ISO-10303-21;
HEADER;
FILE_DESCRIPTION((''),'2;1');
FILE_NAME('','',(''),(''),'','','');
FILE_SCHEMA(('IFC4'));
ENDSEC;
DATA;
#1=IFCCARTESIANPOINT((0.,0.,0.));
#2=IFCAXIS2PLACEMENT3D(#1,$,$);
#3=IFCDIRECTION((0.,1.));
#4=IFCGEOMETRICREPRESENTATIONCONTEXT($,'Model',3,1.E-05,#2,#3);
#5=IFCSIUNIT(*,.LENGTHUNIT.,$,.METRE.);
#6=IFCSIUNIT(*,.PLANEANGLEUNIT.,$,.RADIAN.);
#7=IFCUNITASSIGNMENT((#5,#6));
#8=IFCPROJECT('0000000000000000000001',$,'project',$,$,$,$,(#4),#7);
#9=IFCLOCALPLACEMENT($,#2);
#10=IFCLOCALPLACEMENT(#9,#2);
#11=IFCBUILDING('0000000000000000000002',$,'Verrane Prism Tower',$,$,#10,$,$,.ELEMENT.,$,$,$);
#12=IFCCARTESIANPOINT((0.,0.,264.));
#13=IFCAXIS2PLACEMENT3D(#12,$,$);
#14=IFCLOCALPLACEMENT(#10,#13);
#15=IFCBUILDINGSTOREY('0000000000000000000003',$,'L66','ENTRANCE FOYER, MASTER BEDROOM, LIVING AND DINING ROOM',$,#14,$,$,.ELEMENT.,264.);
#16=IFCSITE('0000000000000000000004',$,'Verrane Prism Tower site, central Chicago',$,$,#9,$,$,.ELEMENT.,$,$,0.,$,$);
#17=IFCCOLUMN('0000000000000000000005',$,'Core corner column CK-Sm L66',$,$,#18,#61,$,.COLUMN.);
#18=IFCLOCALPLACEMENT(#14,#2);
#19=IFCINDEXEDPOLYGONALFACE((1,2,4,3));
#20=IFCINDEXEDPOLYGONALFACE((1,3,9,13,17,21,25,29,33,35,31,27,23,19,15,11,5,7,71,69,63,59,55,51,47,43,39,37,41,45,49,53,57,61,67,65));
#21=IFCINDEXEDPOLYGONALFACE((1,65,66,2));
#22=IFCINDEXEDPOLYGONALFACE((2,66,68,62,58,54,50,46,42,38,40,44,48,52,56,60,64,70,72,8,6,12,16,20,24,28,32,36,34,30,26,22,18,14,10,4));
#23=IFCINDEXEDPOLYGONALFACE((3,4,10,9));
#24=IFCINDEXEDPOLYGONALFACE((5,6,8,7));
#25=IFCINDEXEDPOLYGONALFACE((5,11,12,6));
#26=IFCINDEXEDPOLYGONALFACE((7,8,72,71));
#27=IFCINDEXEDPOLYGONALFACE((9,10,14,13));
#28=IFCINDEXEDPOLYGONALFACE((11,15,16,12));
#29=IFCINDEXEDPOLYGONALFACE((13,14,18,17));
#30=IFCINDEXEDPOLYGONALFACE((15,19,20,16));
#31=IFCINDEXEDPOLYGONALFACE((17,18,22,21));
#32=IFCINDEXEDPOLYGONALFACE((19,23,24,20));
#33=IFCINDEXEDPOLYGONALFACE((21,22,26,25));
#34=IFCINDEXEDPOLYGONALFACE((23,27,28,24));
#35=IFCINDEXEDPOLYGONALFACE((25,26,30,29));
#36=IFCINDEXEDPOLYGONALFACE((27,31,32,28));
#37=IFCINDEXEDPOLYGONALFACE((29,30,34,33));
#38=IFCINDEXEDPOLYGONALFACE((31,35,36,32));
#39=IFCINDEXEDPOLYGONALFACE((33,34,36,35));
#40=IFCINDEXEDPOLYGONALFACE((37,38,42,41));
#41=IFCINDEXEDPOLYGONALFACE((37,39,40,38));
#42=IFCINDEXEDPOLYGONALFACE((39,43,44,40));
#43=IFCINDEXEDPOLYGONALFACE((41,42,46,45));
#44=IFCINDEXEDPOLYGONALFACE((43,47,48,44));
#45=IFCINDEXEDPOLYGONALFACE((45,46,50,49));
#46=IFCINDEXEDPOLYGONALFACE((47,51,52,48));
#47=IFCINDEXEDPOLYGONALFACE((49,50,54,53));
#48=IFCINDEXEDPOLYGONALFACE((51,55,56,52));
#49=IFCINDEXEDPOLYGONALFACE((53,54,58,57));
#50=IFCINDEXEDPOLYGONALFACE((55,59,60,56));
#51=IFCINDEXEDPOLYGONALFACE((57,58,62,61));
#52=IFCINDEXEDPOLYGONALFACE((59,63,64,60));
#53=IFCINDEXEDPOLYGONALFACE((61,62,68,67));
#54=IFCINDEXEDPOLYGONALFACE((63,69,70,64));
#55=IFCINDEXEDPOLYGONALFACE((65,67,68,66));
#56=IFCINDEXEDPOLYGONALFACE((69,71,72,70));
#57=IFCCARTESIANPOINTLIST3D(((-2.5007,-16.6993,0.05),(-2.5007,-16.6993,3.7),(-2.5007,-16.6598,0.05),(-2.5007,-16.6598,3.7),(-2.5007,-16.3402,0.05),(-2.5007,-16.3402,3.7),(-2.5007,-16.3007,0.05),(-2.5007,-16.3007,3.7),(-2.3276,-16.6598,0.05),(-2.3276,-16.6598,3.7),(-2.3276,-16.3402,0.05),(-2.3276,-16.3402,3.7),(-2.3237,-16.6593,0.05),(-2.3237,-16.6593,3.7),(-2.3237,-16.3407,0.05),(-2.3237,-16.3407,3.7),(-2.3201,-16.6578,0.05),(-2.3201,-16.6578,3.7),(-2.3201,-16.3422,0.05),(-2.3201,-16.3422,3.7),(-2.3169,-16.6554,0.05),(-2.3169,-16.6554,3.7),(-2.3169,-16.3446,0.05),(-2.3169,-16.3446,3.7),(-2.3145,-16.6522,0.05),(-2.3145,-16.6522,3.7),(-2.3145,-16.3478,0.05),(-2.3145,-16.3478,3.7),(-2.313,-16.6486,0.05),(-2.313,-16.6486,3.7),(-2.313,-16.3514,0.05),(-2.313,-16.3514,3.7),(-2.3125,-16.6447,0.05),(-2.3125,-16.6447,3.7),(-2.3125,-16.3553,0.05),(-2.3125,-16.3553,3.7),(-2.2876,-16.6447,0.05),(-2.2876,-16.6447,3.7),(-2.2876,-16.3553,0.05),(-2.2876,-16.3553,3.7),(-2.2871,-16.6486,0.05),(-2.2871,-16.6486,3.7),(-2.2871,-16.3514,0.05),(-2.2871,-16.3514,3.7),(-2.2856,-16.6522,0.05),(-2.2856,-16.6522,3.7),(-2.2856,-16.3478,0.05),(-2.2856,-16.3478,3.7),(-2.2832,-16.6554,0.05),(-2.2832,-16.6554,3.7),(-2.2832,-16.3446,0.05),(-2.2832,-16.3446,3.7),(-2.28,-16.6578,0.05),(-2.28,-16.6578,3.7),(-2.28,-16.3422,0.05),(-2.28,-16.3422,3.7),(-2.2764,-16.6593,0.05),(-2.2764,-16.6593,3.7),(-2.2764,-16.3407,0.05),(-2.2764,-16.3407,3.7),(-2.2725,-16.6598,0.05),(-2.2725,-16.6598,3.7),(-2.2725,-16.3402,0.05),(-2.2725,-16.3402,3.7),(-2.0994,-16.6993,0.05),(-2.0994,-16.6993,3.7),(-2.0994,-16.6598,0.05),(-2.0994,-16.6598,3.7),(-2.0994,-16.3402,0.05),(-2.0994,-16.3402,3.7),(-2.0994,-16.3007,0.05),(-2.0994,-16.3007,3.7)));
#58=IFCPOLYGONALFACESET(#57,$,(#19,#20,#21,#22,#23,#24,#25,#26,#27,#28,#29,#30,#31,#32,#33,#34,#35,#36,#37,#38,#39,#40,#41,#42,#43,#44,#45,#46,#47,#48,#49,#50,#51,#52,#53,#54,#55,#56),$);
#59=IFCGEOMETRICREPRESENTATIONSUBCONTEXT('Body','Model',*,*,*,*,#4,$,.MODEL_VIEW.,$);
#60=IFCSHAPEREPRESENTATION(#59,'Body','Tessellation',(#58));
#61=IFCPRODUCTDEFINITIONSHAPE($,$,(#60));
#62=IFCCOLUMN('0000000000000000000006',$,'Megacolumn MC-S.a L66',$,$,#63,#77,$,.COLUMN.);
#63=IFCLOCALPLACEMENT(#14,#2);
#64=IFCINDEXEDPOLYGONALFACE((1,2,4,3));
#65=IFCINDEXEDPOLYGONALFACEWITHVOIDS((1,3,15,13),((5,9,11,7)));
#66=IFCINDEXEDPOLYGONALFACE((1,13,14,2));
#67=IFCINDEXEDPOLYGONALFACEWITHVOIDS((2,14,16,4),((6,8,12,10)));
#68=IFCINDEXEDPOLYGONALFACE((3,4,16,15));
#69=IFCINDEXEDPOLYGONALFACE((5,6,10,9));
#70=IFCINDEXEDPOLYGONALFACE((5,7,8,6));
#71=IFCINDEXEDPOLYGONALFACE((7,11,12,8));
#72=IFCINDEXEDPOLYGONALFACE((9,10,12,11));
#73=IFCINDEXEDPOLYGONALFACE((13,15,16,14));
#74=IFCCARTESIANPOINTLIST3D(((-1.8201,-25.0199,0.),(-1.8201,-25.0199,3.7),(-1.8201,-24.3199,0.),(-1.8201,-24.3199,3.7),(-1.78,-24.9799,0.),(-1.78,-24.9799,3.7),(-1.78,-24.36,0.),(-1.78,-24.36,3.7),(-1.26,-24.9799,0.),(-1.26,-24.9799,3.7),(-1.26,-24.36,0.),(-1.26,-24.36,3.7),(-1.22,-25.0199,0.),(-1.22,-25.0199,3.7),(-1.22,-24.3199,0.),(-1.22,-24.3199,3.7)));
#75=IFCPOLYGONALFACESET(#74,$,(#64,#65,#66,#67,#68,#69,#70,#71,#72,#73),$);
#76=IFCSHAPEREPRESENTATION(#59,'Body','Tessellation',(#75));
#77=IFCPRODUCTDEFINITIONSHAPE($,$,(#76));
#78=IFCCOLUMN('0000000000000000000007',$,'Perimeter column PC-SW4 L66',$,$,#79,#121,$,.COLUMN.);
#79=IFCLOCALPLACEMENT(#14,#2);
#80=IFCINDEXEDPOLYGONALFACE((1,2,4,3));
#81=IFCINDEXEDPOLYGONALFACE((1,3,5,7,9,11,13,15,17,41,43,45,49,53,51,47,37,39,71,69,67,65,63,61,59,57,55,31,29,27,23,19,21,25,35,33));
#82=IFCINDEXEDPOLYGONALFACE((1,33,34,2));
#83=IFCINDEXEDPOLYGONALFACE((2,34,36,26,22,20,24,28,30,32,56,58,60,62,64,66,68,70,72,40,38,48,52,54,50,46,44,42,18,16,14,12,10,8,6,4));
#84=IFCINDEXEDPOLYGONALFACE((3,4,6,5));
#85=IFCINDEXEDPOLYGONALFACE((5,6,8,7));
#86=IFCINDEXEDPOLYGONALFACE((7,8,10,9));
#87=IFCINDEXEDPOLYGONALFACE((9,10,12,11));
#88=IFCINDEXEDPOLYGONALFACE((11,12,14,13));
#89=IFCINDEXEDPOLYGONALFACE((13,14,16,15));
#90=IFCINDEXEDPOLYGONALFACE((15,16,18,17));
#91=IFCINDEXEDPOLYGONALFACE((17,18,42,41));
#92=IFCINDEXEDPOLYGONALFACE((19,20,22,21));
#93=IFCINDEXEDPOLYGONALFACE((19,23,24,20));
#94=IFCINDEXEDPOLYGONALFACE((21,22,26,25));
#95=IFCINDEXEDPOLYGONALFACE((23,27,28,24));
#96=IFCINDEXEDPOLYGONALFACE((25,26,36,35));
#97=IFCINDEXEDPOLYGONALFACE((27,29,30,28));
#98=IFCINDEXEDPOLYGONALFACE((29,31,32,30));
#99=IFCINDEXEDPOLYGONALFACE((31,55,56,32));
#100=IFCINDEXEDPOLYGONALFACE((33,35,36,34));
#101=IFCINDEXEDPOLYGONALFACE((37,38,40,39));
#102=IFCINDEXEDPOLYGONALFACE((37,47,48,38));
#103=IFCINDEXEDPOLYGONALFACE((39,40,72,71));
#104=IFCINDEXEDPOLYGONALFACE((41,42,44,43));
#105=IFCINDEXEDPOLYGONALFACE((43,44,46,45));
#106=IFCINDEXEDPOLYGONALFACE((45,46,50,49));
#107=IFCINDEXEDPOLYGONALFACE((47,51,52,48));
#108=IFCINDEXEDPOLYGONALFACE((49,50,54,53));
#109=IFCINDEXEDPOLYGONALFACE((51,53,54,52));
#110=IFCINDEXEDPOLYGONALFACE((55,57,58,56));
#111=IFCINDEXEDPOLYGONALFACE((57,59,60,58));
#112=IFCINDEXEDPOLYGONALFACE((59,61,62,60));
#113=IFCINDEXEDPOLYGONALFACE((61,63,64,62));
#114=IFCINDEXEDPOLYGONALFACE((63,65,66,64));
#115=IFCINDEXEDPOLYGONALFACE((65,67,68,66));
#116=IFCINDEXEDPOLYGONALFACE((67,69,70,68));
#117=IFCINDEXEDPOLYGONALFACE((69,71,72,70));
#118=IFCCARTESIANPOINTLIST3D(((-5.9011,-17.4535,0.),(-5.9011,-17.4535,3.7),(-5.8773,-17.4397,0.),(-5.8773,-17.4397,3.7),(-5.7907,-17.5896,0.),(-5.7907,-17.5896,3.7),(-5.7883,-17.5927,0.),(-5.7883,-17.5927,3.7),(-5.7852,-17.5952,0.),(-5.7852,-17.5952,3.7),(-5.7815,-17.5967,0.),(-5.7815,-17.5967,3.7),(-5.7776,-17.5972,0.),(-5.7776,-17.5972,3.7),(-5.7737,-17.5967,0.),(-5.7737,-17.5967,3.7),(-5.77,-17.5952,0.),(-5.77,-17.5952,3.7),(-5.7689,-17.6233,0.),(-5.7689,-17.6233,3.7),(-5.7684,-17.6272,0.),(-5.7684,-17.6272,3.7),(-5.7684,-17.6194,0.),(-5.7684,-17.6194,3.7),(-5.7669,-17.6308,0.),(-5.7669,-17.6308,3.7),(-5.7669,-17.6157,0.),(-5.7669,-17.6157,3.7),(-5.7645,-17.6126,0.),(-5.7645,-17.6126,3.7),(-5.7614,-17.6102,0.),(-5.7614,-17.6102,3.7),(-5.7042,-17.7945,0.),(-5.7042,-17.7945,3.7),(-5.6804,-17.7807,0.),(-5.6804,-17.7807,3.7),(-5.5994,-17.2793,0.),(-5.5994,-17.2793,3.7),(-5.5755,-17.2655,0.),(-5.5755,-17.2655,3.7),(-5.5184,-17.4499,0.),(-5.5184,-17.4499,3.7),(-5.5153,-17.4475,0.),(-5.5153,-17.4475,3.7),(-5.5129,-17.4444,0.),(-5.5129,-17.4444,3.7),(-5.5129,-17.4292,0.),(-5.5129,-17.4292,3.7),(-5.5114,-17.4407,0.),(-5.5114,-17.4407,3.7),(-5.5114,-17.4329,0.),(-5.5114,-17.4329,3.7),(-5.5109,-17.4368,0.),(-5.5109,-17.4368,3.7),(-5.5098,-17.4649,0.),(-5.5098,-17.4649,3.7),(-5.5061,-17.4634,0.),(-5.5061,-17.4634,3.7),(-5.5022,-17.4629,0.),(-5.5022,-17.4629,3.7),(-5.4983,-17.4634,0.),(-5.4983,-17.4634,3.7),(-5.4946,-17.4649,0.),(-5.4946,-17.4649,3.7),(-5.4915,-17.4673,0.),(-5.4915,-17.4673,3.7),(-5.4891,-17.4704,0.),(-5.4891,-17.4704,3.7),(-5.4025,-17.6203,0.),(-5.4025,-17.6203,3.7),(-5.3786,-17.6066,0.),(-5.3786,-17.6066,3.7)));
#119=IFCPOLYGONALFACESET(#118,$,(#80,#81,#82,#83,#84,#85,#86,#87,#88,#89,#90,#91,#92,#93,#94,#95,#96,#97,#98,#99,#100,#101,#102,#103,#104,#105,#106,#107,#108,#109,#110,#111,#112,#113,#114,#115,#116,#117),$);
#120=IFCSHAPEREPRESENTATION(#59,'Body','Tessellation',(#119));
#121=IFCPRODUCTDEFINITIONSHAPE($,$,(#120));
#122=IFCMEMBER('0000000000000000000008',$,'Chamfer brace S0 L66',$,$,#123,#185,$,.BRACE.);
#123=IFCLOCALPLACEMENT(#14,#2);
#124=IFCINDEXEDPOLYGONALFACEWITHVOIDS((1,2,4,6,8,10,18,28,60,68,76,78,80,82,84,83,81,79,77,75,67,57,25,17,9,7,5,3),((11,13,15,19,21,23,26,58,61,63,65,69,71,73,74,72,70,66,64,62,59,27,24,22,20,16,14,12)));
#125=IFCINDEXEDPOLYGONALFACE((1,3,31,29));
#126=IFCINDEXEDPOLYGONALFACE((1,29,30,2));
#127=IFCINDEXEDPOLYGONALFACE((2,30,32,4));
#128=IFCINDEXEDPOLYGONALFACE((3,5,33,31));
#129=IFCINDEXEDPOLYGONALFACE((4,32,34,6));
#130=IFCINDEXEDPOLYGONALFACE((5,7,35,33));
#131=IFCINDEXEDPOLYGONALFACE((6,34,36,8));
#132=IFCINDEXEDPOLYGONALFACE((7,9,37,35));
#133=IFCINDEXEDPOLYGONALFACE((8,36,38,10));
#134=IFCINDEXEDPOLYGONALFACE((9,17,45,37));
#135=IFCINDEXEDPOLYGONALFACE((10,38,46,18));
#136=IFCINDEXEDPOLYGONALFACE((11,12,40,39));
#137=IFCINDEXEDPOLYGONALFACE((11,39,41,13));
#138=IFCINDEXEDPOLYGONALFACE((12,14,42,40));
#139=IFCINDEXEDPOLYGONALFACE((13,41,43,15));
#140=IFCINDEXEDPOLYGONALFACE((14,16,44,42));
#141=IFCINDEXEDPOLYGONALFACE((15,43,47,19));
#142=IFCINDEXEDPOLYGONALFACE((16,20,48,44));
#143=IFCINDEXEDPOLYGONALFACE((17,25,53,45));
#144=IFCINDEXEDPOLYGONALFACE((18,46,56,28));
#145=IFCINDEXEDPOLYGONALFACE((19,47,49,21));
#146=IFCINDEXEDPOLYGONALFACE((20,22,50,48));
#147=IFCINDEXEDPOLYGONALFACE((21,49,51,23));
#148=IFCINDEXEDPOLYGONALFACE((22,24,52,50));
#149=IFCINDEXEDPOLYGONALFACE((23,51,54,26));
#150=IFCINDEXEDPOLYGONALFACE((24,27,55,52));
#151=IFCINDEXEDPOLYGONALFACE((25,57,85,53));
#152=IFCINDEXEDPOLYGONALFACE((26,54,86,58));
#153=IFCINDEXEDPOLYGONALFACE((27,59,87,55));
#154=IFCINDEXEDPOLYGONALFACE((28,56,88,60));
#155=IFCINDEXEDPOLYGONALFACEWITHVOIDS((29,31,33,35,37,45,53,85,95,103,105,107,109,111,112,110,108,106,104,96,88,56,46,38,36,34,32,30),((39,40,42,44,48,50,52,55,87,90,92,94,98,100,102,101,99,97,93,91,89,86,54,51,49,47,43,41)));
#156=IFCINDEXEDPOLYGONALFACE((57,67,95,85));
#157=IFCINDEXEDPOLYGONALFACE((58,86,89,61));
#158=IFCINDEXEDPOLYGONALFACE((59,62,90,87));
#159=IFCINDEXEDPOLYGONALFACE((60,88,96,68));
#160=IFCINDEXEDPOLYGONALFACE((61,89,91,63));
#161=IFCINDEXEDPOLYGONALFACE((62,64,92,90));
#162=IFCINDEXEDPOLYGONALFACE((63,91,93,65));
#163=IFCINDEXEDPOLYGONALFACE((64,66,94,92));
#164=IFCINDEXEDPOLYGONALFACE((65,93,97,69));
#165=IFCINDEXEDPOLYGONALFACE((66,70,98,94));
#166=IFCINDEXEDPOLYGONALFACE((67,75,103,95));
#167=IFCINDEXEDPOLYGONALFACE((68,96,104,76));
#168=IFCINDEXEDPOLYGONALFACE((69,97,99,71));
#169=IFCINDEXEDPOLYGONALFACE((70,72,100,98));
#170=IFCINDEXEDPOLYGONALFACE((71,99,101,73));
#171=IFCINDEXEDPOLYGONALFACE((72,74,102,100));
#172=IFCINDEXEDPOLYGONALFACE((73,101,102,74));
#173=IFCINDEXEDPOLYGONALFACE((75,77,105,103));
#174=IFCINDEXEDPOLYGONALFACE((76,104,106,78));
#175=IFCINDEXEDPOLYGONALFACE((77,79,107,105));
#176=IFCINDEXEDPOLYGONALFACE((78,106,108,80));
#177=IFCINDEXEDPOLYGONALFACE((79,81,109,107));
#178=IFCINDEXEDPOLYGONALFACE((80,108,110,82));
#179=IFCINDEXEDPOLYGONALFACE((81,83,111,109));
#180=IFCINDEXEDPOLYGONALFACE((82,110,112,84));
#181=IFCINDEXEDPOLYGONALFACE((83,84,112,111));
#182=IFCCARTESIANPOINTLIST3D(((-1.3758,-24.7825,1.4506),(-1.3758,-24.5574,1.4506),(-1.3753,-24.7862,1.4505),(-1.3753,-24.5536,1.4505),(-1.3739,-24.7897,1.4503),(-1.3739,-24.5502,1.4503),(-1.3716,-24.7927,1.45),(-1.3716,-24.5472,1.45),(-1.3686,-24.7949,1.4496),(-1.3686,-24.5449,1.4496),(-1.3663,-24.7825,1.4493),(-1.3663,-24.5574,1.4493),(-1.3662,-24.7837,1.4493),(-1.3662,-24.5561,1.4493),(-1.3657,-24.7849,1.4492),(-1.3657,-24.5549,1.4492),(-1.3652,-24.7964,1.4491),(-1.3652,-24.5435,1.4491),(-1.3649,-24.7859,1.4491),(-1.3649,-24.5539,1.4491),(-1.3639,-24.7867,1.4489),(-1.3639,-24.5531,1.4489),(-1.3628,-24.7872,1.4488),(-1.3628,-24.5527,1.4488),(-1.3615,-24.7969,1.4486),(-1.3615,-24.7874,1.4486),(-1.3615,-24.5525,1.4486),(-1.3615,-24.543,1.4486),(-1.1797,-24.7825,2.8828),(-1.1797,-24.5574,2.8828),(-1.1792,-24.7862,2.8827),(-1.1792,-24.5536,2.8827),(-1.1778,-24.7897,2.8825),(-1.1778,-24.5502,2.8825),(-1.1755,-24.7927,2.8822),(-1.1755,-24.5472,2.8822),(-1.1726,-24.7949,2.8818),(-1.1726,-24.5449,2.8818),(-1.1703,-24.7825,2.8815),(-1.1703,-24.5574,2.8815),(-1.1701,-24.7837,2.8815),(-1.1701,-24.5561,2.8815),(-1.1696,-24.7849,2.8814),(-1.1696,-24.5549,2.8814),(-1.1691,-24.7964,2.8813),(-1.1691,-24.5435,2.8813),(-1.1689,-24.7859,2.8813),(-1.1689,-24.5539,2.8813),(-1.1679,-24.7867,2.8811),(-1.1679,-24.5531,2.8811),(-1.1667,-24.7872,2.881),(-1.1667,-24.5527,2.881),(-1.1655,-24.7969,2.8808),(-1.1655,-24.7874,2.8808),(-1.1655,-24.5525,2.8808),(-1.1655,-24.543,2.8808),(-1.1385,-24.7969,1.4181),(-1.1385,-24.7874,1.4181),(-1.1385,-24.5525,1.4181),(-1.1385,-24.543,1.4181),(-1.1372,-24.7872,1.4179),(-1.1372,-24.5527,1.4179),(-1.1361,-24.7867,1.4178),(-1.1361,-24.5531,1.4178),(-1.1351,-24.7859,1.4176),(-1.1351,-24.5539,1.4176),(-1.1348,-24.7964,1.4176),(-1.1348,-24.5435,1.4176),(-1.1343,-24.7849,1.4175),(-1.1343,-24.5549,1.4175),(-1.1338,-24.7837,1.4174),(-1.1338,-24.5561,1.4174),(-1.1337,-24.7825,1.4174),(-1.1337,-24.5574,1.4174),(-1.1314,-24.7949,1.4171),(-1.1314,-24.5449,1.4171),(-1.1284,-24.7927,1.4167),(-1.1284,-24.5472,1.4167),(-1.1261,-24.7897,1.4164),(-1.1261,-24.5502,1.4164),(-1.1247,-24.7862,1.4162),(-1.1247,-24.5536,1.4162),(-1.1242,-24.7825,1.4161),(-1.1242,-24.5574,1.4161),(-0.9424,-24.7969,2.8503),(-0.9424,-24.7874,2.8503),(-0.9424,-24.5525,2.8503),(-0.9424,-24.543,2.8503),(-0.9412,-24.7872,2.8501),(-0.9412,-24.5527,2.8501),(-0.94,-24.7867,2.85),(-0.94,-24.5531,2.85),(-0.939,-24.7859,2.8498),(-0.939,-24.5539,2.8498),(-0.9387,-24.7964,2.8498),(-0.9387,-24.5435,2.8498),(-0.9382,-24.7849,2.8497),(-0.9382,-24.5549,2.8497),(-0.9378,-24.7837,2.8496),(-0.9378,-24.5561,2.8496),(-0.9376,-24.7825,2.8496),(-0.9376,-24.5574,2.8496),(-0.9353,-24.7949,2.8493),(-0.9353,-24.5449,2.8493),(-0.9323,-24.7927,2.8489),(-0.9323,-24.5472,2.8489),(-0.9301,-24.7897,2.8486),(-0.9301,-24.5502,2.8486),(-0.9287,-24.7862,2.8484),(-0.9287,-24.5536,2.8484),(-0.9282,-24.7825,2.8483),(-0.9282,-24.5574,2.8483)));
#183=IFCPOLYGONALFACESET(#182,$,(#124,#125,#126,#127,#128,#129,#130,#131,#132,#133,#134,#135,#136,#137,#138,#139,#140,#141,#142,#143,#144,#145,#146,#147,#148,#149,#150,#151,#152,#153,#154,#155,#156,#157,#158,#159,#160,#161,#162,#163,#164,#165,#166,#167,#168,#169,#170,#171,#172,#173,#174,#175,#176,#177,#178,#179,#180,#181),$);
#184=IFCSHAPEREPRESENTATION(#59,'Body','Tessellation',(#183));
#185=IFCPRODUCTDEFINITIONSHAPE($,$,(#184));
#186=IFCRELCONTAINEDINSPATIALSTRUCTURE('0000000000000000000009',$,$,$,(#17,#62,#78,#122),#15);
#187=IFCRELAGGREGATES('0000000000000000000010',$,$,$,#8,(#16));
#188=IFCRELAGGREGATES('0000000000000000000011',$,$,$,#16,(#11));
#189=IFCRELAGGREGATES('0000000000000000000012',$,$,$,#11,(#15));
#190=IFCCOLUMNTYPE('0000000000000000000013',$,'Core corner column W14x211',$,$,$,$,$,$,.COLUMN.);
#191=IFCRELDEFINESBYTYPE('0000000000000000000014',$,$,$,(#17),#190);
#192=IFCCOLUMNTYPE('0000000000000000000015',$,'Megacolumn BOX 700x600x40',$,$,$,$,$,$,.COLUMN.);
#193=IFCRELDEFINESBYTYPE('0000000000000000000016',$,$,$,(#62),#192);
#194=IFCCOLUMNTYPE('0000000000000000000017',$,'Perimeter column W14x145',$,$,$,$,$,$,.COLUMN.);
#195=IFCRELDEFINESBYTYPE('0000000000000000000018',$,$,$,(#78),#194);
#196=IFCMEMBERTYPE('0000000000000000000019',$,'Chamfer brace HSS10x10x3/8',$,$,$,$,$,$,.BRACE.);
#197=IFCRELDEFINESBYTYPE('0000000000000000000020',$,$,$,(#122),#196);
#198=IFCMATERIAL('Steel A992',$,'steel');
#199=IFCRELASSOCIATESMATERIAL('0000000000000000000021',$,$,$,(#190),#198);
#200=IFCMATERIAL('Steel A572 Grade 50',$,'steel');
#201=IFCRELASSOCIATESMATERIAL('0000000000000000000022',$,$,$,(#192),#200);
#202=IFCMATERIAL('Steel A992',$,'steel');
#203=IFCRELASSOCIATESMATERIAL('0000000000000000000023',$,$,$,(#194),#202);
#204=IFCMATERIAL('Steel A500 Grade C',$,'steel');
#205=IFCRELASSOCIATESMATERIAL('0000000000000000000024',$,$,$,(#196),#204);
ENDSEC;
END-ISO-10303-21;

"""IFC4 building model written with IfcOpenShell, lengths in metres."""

from ifc_helpers import new_model, si_unit, direction, frame, origin, origin_2d, place, context, subcontext, project, spatial, hollow_rectangle, i_section, extrude, material, material_profile, profile_set, type_object, element, save


model = new_model("IFC4")

# Units and contexts
model_context = context("Model", 3, precision=1e-05, world=origin(), true_north=direction((0.0, 1.0)))
body_context = subcontext(model_context, "Body", "Model", "MODEL_VIEW")
ifc_project = project(units=[si_unit("LENGTHUNIT", "METRE"), si_unit("PLANEANGLEUNIT", "RADIAN")], contexts=[model_context])

# Site, building, storey
site_placement = place(None, origin())
site = spatial("IfcSite", under=ifc_project, at=site_placement, Name="Verrane Prism Tower site, central Chicago", CompositionType="ELEMENT", RefElevation=0.0)
building_placement = place(site_placement, origin())
building = spatial("IfcBuilding", under=site, at=building_placement, Name="Verrane Prism Tower", CompositionType="ELEMENT")
storey_placement = place(building_placement, frame((0.0, 0.0, 264.0)))
storey = spatial("IfcBuildingStorey", under=building, at=storey_placement, Name="L66", Description="ENTRANCE FOYER, MASTER BEDROOM, LIVING AND DINING ROOM", CompositionType="ELEMENT", Elevation=264.0)

# Columns
ifc_material_1 = material(Name="Steel A992", Category="steel")
ifc_material_profile_1 = material_profile(ifc_material_1, i_section(OverallWidth=0.4014, OverallDepth=0.3987, WebThickness=0.0249, FlangeThickness=0.0396, FilletRadius=0.0151, at=origin_2d()), Name="W14x211")
ifc_profile_set_1 = profile_set([ifc_material_profile_1], Name="Steel A992")
column_type_1 = type_object("IfcColumnType", Name="Core corner column W14x211", PredefinedType="COLUMN", material=ifc_profile_set_1)
column_1_placement = place(storey_placement, frame((-2.3, -16.5, 0.05), z_axis=(0.0, 0.0, 1.0), x_axis=(-1.0, 0.0, 0.0)))
element("IfcColumn", 1, at=column_1_placement, inside=storey, type_object=column_type_1, Name="Core corner column CK-Sm L66", PredefinedType="COLUMN", context=body_context, shape_type="SweptSolid", body=[
    extrude(i_section(OverallWidth=0.4014, OverallDepth=0.3987, WebThickness=0.0249, FlangeThickness=0.0396, FilletRadius=0.0151, at=origin_2d()), origin(), (0.0, 0.0, 1.0), 3.6499),
])
ifc_material_2 = material(Name="Steel A572 Grade 50", Category="steel")
ifc_material_profile_2 = material_profile(ifc_material_2, hollow_rectangle(XDim=0.6001, YDim=0.7, WallThickness=0.04, at=origin_2d()), Name="BOX 700x600x40")
ifc_profile_set_2 = profile_set([ifc_material_profile_2], Name="Steel A572 Grade 50")
column_type_2 = type_object("IfcColumnType", Name="Megacolumn BOX 700x600x40", PredefinedType="COLUMN", material=ifc_profile_set_2)
column_2_placement = place(storey_placement, frame((-1.52, -24.6699, 0.0), z_axis=(0.0, 0.0, 1.0), x_axis=(-1.0, 0.0, 0.0)))
element("IfcColumn", 2, at=column_2_placement, inside=storey, type_object=column_type_2, Name="Megacolumn MC-S.a L66", PredefinedType="COLUMN", context=body_context, shape_type="SweptSolid", body=[
    extrude(hollow_rectangle(XDim=0.6001, YDim=0.7, WallThickness=0.04, at=origin_2d()), origin(), (0.0, 0.0, 1.0), 3.7),
])
ifc_material_3 = material(Name="Steel A992", Category="steel")
ifc_material_profile_3 = material_profile(ifc_material_3, i_section(OverallWidth=0.3938, OverallDepth=0.376, WebThickness=0.0173, FlangeThickness=0.0276, FilletRadius=0.0151, at=origin_2d()), Name="W14x145")
ifc_profile_set_3 = profile_set([ifc_material_profile_3], Name="Steel A992")
column_type_3 = type_object("IfcColumnType", Name="Perimeter column W14x145", PredefinedType="COLUMN", material=ifc_profile_set_3)
column_3_placement = place(storey_placement, frame((-5.6399, -17.53, 0.0), z_axis=(0.0, 0.0, 1.0), x_axis=(-0.5, 0.866025, 0.0)))
element("IfcColumn", 3, at=column_3_placement, inside=storey, type_object=column_type_3, Name="Perimeter column PC-SW4 L66", PredefinedType="COLUMN", context=body_context, shape_type="SweptSolid", body=[
    extrude(i_section(OverallWidth=0.3938, OverallDepth=0.376, WebThickness=0.0173, FlangeThickness=0.0276, FilletRadius=0.0151, at=origin_2d()), origin(), (0.0, 0.0, 1.0), 3.7),
])

# Member
ifc_material_4 = material(Name="Steel A500 Grade C", Category="steel")
ifc_material_profile_4 = material_profile(ifc_material_4, hollow_rectangle(XDim=0.2539, YDim=0.2539, WallThickness=0.0095, InnerFilletRadius=0.0049, OuterFilletRadius=0.0144, at=origin_2d()), Name="HSS10x10x3/8")
ifc_profile_set_4 = profile_set([ifc_material_profile_4], Name="Steel A500 Grade C")
member_type_1 = type_object("IfcMemberType", Name="Chamfer brace HSS10x10x3/8", PredefinedType="BRACE", material=ifc_profile_set_4)
member_1_placement = place(storey_placement, frame((-1.25, -24.6699, 1.4333), z_axis=(0.135626, 0.0, 0.99076), x_axis=(0.0, 1.0, 0.0)))
element("IfcMember", 4, at=member_1_placement, inside=storey, type_object=member_type_1, Name="Chamfer brace S0 L66", PredefinedType="BRACE", context=body_context, shape_type="SweptSolid", body=[
    extrude(hollow_rectangle(XDim=0.2539, YDim=0.2539, WallThickness=0.0095, InnerFilletRadius=0.0049, OuterFilletRadius=0.0144, at=origin_2d()), origin(), (0.0, 0.0, 1.0), 1.4456),
])

save(model, "model.ifc")
